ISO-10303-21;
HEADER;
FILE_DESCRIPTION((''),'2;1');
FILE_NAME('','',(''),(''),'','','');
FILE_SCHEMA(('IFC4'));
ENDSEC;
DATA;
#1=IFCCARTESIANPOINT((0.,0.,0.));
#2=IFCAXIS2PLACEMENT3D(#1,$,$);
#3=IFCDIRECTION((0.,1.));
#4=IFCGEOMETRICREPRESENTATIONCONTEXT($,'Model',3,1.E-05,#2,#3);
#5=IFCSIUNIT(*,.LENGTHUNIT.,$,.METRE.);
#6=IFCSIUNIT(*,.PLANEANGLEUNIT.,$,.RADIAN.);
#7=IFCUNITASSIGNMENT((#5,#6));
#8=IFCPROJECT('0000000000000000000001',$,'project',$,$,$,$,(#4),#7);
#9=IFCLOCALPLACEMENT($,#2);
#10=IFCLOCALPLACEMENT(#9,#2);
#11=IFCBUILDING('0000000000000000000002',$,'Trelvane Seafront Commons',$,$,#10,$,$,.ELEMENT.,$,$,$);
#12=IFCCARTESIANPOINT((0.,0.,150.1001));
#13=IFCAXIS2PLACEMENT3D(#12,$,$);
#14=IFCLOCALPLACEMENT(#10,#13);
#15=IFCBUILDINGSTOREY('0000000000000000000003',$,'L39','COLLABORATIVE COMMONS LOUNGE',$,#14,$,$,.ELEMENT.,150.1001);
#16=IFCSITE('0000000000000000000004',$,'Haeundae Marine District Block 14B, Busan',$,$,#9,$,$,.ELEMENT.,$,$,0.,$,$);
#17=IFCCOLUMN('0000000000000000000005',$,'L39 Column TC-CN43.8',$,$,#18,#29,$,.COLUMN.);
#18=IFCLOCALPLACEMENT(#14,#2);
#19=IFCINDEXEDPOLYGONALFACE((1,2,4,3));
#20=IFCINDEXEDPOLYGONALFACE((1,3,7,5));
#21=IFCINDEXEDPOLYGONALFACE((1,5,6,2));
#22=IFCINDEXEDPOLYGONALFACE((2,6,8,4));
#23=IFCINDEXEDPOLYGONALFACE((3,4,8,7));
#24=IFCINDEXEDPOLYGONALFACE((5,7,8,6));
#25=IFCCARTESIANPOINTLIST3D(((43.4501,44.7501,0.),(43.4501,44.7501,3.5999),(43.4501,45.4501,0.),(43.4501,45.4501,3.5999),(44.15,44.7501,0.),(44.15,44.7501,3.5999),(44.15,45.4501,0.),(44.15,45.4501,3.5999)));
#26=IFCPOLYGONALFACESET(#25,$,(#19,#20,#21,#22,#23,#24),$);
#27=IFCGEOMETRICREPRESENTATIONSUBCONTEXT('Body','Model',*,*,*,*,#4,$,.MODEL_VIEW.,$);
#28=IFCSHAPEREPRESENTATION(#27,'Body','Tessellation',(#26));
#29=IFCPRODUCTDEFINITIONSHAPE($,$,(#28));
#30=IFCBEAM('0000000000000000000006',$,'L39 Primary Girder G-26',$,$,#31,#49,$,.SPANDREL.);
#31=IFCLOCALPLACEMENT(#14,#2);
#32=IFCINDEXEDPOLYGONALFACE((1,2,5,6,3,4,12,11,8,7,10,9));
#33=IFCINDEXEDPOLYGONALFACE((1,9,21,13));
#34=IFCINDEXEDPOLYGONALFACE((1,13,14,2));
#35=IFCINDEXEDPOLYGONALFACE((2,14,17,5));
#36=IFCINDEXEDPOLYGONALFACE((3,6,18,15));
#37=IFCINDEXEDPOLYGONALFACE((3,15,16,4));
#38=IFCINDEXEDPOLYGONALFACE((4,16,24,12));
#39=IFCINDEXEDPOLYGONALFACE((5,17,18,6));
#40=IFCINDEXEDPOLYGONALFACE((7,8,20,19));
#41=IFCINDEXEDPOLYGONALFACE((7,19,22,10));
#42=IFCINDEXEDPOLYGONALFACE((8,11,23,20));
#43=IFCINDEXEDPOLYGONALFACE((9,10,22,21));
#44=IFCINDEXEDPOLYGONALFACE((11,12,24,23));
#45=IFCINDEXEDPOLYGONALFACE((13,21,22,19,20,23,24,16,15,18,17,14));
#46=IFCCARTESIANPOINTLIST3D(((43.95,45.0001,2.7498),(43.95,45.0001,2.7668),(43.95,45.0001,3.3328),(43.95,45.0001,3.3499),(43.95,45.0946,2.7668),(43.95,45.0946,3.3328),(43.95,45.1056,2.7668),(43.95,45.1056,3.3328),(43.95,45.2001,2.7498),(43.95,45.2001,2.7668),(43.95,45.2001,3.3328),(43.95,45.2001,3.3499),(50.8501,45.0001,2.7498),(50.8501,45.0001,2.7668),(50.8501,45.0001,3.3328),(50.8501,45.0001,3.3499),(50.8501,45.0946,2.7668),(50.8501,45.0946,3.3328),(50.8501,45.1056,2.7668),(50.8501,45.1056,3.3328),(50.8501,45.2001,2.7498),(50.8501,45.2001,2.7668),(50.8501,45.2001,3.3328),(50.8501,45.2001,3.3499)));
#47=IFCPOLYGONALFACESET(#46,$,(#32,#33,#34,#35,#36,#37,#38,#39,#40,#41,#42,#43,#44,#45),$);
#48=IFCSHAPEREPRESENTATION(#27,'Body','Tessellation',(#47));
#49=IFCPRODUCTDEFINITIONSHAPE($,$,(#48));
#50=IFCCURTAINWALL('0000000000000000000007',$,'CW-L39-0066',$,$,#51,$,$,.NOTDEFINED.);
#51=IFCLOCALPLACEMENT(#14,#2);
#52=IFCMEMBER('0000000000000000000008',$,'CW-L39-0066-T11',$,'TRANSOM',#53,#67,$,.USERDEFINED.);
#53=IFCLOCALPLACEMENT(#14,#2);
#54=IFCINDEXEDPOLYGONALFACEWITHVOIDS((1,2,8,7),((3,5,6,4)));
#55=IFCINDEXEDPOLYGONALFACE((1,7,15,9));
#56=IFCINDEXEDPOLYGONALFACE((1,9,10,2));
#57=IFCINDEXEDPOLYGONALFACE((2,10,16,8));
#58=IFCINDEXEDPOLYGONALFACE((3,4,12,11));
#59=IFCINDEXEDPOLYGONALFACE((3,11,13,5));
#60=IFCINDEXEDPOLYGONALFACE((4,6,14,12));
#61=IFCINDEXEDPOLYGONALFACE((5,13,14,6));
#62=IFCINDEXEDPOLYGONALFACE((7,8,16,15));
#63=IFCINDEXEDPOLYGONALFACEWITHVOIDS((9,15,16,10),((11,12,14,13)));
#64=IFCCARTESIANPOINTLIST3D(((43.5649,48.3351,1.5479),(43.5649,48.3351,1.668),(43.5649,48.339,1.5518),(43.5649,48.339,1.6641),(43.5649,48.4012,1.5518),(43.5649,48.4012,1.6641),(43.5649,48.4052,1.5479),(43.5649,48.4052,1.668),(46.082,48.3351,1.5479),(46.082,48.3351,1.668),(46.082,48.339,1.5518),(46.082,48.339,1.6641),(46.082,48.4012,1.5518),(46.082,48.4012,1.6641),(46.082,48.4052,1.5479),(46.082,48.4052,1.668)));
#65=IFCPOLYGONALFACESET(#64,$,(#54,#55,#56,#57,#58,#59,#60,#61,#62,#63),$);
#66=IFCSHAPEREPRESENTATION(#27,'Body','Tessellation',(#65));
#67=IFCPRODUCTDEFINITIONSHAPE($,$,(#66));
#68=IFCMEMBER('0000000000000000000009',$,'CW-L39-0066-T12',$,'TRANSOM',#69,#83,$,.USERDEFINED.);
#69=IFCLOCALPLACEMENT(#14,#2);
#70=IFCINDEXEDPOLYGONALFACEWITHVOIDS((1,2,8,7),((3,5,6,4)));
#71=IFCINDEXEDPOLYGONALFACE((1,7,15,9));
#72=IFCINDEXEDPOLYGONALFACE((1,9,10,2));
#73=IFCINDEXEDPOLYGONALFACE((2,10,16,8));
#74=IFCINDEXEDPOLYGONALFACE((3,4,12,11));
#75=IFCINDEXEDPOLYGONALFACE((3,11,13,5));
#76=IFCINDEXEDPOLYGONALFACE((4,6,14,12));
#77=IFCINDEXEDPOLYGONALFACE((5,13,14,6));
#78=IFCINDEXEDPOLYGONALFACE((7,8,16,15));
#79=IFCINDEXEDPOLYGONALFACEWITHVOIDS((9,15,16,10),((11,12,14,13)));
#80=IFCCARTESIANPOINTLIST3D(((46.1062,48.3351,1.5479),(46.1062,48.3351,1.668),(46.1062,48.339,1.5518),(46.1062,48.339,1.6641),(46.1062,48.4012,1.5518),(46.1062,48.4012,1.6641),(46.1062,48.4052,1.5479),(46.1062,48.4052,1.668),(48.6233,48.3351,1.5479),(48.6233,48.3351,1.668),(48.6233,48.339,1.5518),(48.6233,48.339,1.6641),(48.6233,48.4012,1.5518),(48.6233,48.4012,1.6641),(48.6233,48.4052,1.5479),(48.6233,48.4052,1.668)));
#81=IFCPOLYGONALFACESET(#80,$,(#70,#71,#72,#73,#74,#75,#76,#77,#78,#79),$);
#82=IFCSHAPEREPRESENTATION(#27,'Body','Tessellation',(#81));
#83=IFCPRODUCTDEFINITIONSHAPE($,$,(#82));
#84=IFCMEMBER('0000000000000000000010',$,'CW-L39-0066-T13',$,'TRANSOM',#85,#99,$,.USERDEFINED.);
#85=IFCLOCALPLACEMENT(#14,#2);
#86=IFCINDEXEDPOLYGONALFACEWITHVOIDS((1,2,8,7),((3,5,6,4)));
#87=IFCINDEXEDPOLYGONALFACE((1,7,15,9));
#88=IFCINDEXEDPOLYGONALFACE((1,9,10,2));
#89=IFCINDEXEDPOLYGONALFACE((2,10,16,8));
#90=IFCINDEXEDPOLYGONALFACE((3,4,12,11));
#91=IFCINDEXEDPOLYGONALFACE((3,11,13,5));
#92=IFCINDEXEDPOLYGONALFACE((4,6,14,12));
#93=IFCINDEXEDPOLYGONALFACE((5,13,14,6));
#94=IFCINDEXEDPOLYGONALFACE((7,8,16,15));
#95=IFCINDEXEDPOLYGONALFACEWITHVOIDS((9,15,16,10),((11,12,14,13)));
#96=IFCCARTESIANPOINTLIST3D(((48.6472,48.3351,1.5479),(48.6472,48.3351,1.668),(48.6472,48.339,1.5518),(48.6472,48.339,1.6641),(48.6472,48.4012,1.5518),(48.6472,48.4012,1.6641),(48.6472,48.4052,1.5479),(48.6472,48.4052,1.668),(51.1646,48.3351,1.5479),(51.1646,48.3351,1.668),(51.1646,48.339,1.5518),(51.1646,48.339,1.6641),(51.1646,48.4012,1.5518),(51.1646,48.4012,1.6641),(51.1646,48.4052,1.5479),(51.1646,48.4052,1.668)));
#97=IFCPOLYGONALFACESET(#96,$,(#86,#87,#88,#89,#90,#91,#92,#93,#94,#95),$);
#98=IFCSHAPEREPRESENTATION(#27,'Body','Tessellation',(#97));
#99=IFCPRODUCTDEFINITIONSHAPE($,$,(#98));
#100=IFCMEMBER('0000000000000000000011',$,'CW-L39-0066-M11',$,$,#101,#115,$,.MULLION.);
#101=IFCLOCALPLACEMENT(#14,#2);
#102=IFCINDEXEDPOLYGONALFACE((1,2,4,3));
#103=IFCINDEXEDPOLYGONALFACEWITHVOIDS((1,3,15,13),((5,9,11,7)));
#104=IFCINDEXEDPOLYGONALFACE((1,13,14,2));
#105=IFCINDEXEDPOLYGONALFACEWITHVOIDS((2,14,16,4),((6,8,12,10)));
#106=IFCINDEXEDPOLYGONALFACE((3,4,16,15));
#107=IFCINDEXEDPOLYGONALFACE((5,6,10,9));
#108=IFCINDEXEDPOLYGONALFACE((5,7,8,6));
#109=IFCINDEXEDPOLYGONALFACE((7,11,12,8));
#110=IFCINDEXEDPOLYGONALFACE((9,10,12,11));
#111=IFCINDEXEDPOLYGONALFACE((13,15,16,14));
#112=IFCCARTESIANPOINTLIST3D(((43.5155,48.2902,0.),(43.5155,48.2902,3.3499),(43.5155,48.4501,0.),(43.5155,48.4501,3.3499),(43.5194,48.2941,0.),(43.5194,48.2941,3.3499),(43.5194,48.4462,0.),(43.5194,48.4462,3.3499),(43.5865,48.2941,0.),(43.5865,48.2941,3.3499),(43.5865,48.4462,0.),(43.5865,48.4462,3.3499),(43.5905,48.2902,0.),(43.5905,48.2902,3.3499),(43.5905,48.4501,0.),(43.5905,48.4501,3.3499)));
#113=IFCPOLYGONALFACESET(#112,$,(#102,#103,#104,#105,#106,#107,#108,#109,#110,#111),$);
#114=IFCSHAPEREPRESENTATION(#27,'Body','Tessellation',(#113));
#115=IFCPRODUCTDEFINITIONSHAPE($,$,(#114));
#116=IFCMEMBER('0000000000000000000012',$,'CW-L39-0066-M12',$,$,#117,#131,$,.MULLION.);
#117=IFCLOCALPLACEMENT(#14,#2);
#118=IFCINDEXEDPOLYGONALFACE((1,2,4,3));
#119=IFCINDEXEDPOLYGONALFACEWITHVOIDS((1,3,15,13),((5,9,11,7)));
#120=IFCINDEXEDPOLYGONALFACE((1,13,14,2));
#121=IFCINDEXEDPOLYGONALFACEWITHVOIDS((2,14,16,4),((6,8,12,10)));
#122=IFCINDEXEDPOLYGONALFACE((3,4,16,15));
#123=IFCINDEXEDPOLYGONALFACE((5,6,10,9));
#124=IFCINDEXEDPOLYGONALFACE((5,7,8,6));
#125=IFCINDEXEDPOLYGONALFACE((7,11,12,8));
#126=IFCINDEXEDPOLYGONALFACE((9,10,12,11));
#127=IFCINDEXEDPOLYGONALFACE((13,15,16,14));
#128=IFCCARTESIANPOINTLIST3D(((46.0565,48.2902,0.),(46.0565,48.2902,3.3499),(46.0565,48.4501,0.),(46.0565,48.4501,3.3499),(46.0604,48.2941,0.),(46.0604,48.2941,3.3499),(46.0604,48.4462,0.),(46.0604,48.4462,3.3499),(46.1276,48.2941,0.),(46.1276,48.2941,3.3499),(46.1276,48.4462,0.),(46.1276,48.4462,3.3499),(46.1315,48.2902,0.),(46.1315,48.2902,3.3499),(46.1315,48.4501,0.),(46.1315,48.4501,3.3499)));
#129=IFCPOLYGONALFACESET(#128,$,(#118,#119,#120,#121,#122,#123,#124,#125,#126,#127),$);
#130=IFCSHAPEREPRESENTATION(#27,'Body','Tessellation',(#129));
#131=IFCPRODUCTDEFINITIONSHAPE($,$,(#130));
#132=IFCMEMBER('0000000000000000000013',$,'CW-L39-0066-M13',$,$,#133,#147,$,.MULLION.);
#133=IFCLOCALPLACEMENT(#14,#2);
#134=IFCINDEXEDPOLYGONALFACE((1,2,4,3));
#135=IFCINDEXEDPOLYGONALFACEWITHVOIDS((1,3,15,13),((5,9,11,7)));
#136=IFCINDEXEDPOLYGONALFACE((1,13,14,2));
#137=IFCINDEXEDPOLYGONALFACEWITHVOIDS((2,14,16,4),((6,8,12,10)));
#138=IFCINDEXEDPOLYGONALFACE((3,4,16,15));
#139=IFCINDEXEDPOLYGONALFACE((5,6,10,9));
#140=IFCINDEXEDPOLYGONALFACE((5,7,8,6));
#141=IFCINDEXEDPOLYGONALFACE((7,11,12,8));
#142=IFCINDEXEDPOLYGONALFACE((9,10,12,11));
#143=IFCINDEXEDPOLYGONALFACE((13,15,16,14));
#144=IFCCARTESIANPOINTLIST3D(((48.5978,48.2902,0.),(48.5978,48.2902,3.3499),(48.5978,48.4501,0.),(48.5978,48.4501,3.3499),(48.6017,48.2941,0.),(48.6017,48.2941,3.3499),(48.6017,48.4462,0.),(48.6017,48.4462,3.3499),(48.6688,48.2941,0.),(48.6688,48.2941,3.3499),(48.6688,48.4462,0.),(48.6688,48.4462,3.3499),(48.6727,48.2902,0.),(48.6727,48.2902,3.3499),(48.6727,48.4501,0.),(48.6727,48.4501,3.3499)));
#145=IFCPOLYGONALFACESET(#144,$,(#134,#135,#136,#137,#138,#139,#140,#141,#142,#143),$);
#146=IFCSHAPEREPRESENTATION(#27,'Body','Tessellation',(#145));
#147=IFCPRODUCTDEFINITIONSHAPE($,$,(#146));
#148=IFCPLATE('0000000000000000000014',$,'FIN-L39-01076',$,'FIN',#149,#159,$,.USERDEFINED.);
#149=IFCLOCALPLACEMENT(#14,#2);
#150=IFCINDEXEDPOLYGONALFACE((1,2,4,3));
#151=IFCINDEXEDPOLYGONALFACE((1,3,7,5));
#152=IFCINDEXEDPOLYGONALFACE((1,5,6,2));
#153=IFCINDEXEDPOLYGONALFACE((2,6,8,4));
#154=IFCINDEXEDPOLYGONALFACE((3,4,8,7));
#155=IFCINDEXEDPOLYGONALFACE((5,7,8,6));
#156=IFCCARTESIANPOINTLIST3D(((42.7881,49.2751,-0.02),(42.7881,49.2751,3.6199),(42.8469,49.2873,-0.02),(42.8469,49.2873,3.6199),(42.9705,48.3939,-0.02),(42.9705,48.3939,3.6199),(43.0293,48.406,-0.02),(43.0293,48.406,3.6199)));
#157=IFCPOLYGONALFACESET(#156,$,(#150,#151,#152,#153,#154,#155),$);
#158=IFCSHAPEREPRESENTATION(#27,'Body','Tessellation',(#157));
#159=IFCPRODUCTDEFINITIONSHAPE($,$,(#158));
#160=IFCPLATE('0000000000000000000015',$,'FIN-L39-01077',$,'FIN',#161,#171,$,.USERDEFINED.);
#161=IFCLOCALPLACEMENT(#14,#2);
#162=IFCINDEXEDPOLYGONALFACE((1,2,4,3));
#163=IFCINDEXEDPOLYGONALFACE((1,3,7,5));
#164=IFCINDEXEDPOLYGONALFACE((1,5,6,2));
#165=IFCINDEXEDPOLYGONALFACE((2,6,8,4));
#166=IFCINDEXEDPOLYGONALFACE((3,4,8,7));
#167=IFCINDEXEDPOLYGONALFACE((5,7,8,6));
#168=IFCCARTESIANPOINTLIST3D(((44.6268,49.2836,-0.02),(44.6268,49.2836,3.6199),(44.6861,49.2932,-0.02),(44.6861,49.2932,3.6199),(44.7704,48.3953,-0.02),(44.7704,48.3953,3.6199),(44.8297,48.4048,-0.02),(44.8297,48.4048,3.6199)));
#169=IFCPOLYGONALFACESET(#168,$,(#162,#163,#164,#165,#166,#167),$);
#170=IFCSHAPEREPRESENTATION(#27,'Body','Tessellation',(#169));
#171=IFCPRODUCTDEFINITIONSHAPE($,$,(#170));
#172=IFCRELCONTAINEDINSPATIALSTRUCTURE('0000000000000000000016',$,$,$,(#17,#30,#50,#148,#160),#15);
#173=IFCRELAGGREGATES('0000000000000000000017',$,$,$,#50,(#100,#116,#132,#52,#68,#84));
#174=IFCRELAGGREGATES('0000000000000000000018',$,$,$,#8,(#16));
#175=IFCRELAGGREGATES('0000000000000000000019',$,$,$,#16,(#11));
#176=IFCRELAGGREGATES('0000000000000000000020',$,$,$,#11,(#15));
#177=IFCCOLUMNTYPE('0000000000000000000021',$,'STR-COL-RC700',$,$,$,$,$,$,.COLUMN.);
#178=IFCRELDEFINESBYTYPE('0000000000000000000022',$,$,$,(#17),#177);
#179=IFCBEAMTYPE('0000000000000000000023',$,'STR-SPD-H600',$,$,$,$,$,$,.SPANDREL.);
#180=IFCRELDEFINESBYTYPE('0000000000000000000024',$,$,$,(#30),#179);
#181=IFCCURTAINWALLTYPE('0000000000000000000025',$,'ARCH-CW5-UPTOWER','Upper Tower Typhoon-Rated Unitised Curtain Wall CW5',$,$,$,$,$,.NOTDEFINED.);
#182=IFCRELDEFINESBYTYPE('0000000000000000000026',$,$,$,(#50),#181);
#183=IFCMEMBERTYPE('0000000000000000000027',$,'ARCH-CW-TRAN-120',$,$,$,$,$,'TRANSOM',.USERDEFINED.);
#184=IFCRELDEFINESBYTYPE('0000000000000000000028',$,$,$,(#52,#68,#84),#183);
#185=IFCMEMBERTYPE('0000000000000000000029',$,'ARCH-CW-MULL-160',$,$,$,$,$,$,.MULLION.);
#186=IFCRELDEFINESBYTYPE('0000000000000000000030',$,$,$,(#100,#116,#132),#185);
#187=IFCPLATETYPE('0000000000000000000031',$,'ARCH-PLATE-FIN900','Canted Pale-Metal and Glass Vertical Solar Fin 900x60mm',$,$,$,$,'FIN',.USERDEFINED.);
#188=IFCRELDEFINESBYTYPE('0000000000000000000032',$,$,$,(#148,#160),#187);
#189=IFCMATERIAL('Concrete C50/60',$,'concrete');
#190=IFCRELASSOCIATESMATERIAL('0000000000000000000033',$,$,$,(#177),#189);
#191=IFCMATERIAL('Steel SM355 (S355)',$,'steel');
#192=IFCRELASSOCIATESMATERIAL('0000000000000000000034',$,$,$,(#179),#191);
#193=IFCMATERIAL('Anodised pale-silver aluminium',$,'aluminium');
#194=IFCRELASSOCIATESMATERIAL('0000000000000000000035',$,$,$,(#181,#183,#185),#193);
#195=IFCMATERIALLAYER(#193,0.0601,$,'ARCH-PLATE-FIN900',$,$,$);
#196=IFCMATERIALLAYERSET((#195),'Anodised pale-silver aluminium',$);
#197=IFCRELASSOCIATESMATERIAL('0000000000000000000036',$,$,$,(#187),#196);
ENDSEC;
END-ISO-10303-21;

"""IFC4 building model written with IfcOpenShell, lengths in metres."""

from ifc_helpers import new_model, si_unit, direction, frame, origin, origin_2d, place, context, subcontext, project, spatial, rectangle, hollow_rectangle, i_section, extrude, source, transform, mapped, material, layer, layer_set, material_profile, profile_set, type_object, element, aggregate, save


model = new_model("IFC4")

# Units and contexts
model_context = context("Model", 3, precision=1e-05, world=origin(), true_north=direction((0.0, 1.0)))
body_context = subcontext(model_context, "Body", "Model", "MODEL_VIEW")
ifc_project = project(units=[si_unit("LENGTHUNIT", "METRE"), si_unit("PLANEANGLEUNIT", "RADIAN")], contexts=[model_context])

# Site, building, storey
site_placement = place(None, origin())
site = spatial("IfcSite", under=ifc_project, at=site_placement, Name="Haeundae Marine District Block 14B, Busan", CompositionType="ELEMENT", RefElevation=0.0)
building_placement = place(site_placement, origin())
building = spatial("IfcBuilding", under=site, at=building_placement, Name="Trelvane Seafront Commons", CompositionType="ELEMENT")
storey_placement = place(building_placement, frame((0.0, 0.0, 150.1001)))
storey = spatial("IfcBuildingStorey", under=building, at=storey_placement, Name="L39", Description="COLLABORATIVE COMMONS LOUNGE", CompositionType="ELEMENT", Elevation=150.1001)

# Column
ifc_material_1 = material(Name="Concrete C50/60", Category="concrete")
ifc_material_profile_1 = material_profile(ifc_material_1, rectangle(XDim=0.7, YDim=0.7, at=origin_2d()), Name="RC-700x700")
ifc_profile_set_1 = profile_set([ifc_material_profile_1], Name="Concrete C50/60")
column_type = type_object("IfcColumnType", Name="STR-COL-RC700", PredefinedType="COLUMN", material=ifc_profile_set_1)
shared_shape_1 = source(origin(), body_context, "Body", "SweptSolid", [
    extrude(rectangle(XDim=0.7, YDim=0.7, at=origin_2d()), origin(), (0.0, 0.0, 1.0), 3.5999),
])
column_placement = place(storey_placement, frame((43.8, 45.1001, 0.0), z_axis=(0.0, 0.0, 1.0), x_axis=(1.0, 0.0, 0.0)))
element("IfcColumn", 1, at=column_placement, inside=storey, type_object=column_type, Name="L39 Column TC-CN43.8", PredefinedType="COLUMN", context=body_context, shape_type="MappedRepresentation", body=[
    mapped(shared_shape_1, transform((0.0, 0.0, 0.0), x_axis=(1.0, 0.0, 0.0), y_axis=(0.0, 1.0, 0.0), z_axis=(0.0, 0.0, 1.0), scale=1.0)),
])

# Beam
ifc_material_2 = material(Name="Steel SM355 (S355)", Category="steel")
ifc_material_profile_2 = material_profile(ifc_material_2, i_section(OverallWidth=0.2, OverallDepth=0.6001, WebThickness=0.011, FlangeThickness=0.0171, at=origin_2d()), Name="H-600x200x11x17")
ifc_profile_set_2 = profile_set([ifc_material_profile_2], Name="Steel SM355 (S355)")
beam_type = type_object("IfcBeamType", Name="STR-SPD-H600", PredefinedType="SPANDREL", material=ifc_profile_set_2)
shared_shape_2 = source(origin(), body_context, "Body", "SweptSolid", [
    extrude(i_section(OverallWidth=0.2, OverallDepth=0.6001, WebThickness=0.011, FlangeThickness=0.0171, at=origin_2d()), origin(), (0.0, 0.0, 1.0), 6.9001),
])
beam_placement = place(storey_placement, frame((43.95, 45.1001, 3.0498), z_axis=(1.0, 0.0, 0.0), x_axis=(0.0, 1.0, 0.0)))
element("IfcBeam", 2, at=beam_placement, inside=storey, type_object=beam_type, Name="L39 Primary Girder G-26", PredefinedType="SPANDREL", context=body_context, shape_type="MappedRepresentation", body=[
    mapped(shared_shape_2, transform((0.0, 0.0, 0.0), x_axis=(1.0, 0.0, 0.0), y_axis=(0.0, 1.0, 0.0), z_axis=(0.0, 0.0, 1.0), scale=1.0)),
])

# Curtain wall, members
ifc_material_3 = material(Name="Anodised pale-silver aluminium", Category="aluminium")
curtain_wall_type = type_object("IfcCurtainWallType", Name="ARCH-CW5-UPTOWER", Description="Upper Tower Typhoon-Rated Unitised Curtain Wall CW5", PredefinedType="NOTDEFINED", material=ifc_material_3)
curtain_wall_placement = place(storey_placement, origin())
curtain_wall = element("IfcCurtainWall", 3, at=curtain_wall_placement, inside=storey, type_object=curtain_wall_type, Name="CW-L39-0066", PredefinedType="NOTDEFINED")
ifc_material_profile_3 = material_profile(ifc_material_3, hollow_rectangle(XDim=0.0701, YDim=0.1201, WallThickness=0.0039, at=origin_2d()), Name="TRAN-70x120x4")
ifc_profile_set_3 = profile_set([ifc_material_profile_3], Name="Anodised pale-silver aluminium")
member_type_1 = type_object("IfcMemberType", Name="ARCH-CW-TRAN-120", ElementType="TRANSOM", PredefinedType="USERDEFINED", material=ifc_profile_set_3)
shared_shape_3 = source(origin(), body_context, "Body", "SweptSolid", [
    extrude(hollow_rectangle(XDim=0.0701, YDim=0.1201, WallThickness=0.0039, at=origin_2d()), origin(), (0.0, 0.0, 1.0), 2.5171),
])
member_1_placement = place(storey_placement, frame((43.5649, 48.3701, 1.6079), z_axis=(1.0, 0.0, 0.0), x_axis=(0.0, 1.0, 0.0)))
member_1 = element("IfcMember", 4, at=member_1_placement, type_object=member_type_1, Name="CW-L39-0066-T11", ObjectType="TRANSOM", PredefinedType="USERDEFINED", context=body_context, shape_type="MappedRepresentation", body=[
    mapped(shared_shape_3, transform((0.0, 0.0, 0.0), x_axis=(1.0, 0.0, 0.0), y_axis=(0.0, 1.0, 0.0), z_axis=(0.0, 0.0, 1.0), scale=1.0)),
])
member_2_placement = place(storey_placement, frame((46.1062, 48.3701, 1.6079), z_axis=(1.0, 0.0, 0.0), x_axis=(0.0, 1.0, 0.0)))
member_2 = element("IfcMember", 5, at=member_2_placement, type_object=member_type_1, Name="CW-L39-0066-T12", ObjectType="TRANSOM", PredefinedType="USERDEFINED", context=body_context, shape_type="MappedRepresentation", body=[
    mapped(shared_shape_3, transform((0.0, 0.0, 0.0), x_axis=(1.0, 0.0, 0.0), y_axis=(0.0, 1.0, 0.0), z_axis=(0.0, 0.0, 1.0), scale=1.0)),
])
shared_shape_4 = source(origin(), body_context, "Body", "SweptSolid", [
    extrude(hollow_rectangle(XDim=0.0701, YDim=0.1201, WallThickness=0.0039, at=origin_2d()), origin(), (0.0, 0.0, 1.0), 2.5173),
])
member_3_placement = place(storey_placement, frame((48.6472, 48.3701, 1.6079), z_axis=(1.0, 0.0, 0.0), x_axis=(0.0, 1.0, 0.0)))
member_3 = element("IfcMember", 6, at=member_3_placement, type_object=member_type_1, Name="CW-L39-0066-T13", ObjectType="TRANSOM", PredefinedType="USERDEFINED", context=body_context, shape_type="MappedRepresentation", body=[
    mapped(shared_shape_4, transform((0.0, 0.0, 0.0), x_axis=(1.0, 0.0, 0.0), y_axis=(0.0, 1.0, 0.0), z_axis=(0.0, 0.0, 1.0), scale=1.0)),
])
ifc_material_profile_4 = material_profile(ifc_material_3, hollow_rectangle(XDim=0.075, YDim=0.1599, WallThickness=0.0039, at=origin_2d()), Name="MULL-75x160x4")
ifc_profile_set_4 = profile_set([ifc_material_profile_4], Name="Anodised pale-silver aluminium")
member_type_2 = type_object("IfcMemberType", Name="ARCH-CW-MULL-160", PredefinedType="MULLION", material=ifc_profile_set_4)
shared_shape_5 = source(origin(), body_context, "Body", "SweptSolid", [
    extrude(hollow_rectangle(XDim=0.075, YDim=0.1599, WallThickness=0.0039, at=origin_2d()), origin(), (0.0, 0.0, 1.0), 3.3499),
])
member_4_placement = place(storey_placement, frame((43.553, 48.3701, 0.0), z_axis=(0.0, 0.0, 1.0), x_axis=(1.0, 0.0, 0.0)))
member_4 = element("IfcMember", 7, at=member_4_placement, type_object=member_type_2, Name="CW-L39-0066-M11", PredefinedType="MULLION", context=body_context, shape_type="MappedRepresentation", body=[
    mapped(shared_shape_5, transform((0.0, 0.0, 0.0), x_axis=(1.0, 0.0, 0.0), y_axis=(0.0, 1.0, 0.0), z_axis=(0.0, 0.0, 1.0), scale=1.0)),
])
member_5_placement = place(storey_placement, frame((46.094, 48.3701, 0.0), z_axis=(0.0, 0.0, 1.0), x_axis=(1.0, 0.0, 0.0)))
member_5 = element("IfcMember", 8, at=member_5_placement, type_object=member_type_2, Name="CW-L39-0066-M12", PredefinedType="MULLION", context=body_context, shape_type="MappedRepresentation", body=[
    mapped(shared_shape_5, transform((0.0, 0.0, 0.0), x_axis=(1.0, 0.0, 0.0), y_axis=(0.0, 1.0, 0.0), z_axis=(0.0, 0.0, 1.0), scale=1.0)),
])
member_6_placement = place(storey_placement, frame((48.6353, 48.3701, 0.0), z_axis=(0.0, 0.0, 1.0), x_axis=(1.0, 0.0, 0.0)))
member_6 = element("IfcMember", 9, at=member_6_placement, type_object=member_type_2, Name="CW-L39-0066-M13", PredefinedType="MULLION", context=body_context, shape_type="MappedRepresentation", body=[
    mapped(shared_shape_5, transform((0.0, 0.0, 0.0), x_axis=(1.0, 0.0, 0.0), y_axis=(0.0, 1.0, 0.0), z_axis=(0.0, 0.0, 1.0), scale=1.0)),
])

# Plates
ifc_layer_1 = layer(ifc_material_3, 0.0601, Name="ARCH-PLATE-FIN900")
ifc_layer_set_1 = layer_set([ifc_layer_1], Name="Anodised pale-silver aluminium")
plate_type_1 = type_object("IfcPlateType", Name="ARCH-PLATE-FIN900", Description="Canted Pale-Metal and Glass Vertical Solar Fin 900x60mm", ElementType="FIN", PredefinedType="USERDEFINED", material=ifc_layer_set_1)
shared_shape_6 = source(origin(), body_context, "Body", "SweptSolid", [
    extrude(rectangle(XDim=0.8999, YDim=0.0601, at=origin_2d()), origin(), (0.0, 0.0, 1.0), 3.6399),
])
for number, where, z_axis, x_axis, name in (
    (10, (42.9087, 48.8406, -0.02), (0.0, 0.0, 1.0), (-0.202671, 0.979247, 0.0), "FIN-L39-01076"),
    (11, (44.7283, 48.8442, -0.02), (0.0, 0.0, 1.0), (-0.15955, 0.98719, 0.0), "FIN-L39-01077"),
):
    element("IfcPlate", number, at=place(storey_placement, frame(where, z_axis=z_axis, x_axis=x_axis)), inside=storey, type_object=plate_type_1, Name=name, ObjectType="FIN", PredefinedType="USERDEFINED", context=body_context, shape_type="MappedRepresentation", body=[
        mapped(shared_shape_6, transform((0.0, 0.0, 0.0), x_axis=(1.0, 0.0, 0.0), y_axis=(0.0, 1.0, 0.0), z_axis=(0.0, 0.0, 1.0), scale=1.0)),
    ])

aggregate(curtain_wall, [member_4, member_5, member_6, member_1, member_2, member_3])

save(model, "model.ifc")
